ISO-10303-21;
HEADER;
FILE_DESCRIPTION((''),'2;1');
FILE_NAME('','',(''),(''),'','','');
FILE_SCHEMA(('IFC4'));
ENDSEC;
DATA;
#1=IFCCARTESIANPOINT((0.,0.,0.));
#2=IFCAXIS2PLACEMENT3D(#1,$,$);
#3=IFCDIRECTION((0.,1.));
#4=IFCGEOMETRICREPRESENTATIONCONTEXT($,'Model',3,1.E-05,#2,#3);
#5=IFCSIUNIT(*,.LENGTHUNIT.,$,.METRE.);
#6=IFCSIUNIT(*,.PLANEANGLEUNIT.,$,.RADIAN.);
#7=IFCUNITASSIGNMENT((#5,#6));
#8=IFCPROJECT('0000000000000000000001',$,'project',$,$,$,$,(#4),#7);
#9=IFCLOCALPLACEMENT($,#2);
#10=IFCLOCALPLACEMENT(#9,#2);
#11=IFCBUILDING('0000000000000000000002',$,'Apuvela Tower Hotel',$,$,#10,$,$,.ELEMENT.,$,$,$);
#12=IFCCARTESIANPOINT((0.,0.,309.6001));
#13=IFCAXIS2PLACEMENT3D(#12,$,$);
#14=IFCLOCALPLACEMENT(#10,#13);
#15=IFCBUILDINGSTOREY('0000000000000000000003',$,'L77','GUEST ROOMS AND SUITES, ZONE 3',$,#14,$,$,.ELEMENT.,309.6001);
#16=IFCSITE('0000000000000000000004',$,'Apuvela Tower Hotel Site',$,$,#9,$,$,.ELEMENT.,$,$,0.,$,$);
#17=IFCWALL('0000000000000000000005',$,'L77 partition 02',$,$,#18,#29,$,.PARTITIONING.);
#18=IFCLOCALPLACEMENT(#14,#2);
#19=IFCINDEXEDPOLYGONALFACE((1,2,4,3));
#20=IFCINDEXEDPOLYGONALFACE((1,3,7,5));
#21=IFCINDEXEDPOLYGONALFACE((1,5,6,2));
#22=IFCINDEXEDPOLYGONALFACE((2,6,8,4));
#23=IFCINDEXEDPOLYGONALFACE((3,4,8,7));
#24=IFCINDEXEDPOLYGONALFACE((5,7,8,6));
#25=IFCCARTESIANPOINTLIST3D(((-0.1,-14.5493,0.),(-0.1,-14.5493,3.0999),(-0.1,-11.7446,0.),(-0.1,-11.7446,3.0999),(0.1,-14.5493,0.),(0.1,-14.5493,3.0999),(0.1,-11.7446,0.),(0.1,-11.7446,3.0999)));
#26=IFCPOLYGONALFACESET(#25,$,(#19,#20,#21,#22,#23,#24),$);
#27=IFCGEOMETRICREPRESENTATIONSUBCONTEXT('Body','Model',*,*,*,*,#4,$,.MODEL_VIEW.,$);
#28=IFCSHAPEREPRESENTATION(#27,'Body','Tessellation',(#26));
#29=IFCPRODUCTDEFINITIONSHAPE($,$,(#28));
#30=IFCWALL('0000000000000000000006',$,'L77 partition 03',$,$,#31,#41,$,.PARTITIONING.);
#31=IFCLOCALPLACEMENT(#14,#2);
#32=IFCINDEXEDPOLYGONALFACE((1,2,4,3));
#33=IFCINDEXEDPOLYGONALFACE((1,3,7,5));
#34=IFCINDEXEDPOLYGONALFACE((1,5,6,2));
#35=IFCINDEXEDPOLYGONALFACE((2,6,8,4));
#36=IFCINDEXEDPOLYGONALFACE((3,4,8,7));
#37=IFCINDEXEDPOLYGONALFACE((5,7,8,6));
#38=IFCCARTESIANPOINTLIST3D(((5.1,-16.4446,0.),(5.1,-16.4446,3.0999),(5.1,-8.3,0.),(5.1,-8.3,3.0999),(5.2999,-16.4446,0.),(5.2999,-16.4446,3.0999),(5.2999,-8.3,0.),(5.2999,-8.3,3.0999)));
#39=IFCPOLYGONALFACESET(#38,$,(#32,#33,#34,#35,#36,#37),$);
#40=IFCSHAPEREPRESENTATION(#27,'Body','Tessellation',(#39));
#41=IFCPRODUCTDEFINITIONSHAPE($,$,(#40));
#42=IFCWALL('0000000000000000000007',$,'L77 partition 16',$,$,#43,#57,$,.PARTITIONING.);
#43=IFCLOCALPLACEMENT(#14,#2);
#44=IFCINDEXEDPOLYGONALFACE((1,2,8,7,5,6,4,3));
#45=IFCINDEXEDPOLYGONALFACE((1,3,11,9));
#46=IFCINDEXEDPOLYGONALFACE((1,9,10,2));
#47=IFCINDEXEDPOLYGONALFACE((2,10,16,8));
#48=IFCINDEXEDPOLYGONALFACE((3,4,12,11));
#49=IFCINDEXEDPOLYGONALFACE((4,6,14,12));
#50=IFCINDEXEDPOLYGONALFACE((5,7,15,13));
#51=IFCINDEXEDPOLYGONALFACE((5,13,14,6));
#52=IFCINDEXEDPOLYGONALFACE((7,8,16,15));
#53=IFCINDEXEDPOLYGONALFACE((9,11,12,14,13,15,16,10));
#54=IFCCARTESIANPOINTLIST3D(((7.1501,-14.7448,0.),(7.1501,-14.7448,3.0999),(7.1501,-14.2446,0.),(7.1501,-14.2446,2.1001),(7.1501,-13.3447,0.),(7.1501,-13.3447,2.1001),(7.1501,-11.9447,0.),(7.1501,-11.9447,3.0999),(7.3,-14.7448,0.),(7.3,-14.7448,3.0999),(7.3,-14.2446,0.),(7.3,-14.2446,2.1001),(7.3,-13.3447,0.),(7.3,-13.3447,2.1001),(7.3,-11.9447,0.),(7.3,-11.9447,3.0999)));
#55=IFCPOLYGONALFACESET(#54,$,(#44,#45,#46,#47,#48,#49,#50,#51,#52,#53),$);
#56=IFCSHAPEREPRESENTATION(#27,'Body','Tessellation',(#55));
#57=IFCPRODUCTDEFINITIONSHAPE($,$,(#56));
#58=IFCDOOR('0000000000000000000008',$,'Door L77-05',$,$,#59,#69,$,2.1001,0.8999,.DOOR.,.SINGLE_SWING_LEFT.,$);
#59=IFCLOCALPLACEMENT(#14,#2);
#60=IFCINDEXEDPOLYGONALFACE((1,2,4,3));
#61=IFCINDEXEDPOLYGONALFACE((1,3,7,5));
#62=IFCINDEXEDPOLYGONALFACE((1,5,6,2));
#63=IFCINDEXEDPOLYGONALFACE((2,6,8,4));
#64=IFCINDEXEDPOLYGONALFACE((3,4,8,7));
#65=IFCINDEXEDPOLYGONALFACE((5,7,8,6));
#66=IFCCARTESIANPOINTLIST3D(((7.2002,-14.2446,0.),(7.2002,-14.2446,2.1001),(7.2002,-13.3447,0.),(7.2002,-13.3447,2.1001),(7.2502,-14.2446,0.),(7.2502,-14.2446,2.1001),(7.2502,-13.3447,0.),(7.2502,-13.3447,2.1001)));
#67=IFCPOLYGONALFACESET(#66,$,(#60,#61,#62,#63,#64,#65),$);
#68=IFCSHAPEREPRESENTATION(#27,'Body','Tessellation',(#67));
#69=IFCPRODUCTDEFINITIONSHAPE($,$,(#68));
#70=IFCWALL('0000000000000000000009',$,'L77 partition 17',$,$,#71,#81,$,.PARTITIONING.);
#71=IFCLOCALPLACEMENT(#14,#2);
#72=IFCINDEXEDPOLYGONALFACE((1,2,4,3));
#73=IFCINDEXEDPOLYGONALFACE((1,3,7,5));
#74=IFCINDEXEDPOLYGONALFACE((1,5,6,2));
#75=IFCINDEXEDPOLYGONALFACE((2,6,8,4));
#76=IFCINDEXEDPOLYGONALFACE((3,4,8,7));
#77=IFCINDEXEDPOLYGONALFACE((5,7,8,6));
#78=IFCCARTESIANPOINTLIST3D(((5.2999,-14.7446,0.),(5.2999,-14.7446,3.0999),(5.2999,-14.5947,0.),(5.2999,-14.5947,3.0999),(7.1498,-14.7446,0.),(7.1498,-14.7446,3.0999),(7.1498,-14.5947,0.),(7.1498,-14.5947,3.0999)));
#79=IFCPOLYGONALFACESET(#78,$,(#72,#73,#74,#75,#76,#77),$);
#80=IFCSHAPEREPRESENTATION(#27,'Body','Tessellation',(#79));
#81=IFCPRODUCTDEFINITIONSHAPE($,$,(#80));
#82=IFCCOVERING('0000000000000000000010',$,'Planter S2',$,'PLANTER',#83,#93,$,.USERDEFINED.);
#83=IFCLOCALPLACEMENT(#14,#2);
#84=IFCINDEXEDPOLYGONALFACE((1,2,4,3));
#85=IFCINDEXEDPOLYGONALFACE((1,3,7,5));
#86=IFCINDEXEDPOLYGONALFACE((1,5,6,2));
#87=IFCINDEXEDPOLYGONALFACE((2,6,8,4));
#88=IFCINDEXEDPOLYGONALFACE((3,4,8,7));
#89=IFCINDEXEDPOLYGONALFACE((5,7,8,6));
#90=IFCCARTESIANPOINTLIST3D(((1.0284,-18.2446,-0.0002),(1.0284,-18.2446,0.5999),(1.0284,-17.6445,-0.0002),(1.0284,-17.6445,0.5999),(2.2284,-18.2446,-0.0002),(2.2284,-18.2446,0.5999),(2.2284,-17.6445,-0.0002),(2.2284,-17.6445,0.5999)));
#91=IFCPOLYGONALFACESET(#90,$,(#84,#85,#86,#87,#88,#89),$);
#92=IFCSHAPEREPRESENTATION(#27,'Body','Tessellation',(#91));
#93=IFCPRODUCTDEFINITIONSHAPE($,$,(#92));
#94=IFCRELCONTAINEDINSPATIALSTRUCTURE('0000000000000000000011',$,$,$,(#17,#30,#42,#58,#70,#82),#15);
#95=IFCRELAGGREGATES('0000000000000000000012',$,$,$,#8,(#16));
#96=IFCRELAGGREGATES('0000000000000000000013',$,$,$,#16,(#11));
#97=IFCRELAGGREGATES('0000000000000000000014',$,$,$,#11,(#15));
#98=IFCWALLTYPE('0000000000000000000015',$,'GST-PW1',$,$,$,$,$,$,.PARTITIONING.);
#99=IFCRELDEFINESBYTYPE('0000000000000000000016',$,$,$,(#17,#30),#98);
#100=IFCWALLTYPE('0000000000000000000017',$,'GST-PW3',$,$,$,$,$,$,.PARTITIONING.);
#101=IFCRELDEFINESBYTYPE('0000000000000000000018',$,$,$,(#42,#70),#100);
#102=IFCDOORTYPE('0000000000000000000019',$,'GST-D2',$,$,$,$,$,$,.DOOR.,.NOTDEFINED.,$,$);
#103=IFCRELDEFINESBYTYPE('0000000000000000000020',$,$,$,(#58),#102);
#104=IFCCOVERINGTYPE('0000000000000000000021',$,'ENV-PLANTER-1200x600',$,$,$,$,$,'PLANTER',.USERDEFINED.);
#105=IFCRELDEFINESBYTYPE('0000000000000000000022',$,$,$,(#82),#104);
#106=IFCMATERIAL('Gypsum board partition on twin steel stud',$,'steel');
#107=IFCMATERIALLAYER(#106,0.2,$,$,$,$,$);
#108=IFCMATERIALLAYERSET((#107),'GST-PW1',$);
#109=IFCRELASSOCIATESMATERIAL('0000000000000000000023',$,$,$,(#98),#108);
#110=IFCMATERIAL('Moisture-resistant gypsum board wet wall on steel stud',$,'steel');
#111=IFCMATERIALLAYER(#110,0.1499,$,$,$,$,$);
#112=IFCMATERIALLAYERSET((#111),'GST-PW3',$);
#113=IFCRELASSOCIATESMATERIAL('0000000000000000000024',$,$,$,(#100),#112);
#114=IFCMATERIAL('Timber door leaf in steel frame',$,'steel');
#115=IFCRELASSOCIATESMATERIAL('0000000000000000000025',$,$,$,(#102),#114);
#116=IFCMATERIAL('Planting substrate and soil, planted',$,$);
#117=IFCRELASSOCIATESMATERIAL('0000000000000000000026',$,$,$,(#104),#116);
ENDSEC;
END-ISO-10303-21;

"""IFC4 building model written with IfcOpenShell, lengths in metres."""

from ifc_helpers import new_model, si_unit, direction, frame, frame_2d, origin, origin_2d, place, context, subcontext, project, spatial, rectangle, extrude, material, layer, layer_set, type_object, element, fill, save


model = new_model("IFC4")

# Units and contexts
model_context = context("Model", 3, precision=1e-05, world=origin(), true_north=direction((0.0, 1.0)))
body_context = subcontext(model_context, "Body", "Model", "MODEL_VIEW")
ifc_project = project(units=[si_unit("LENGTHUNIT", "METRE"), si_unit("PLANEANGLEUNIT", "RADIAN")], contexts=[model_context])

# Site, building, storey
site_placement = place(None, origin())
site = spatial("IfcSite", under=ifc_project, at=site_placement, Name="Apuvela Tower Hotel Site", CompositionType="ELEMENT", RefElevation=0.0)
building_placement = place(site_placement, origin())
building = spatial("IfcBuilding", under=site, at=building_placement, Name="Apuvela Tower Hotel", CompositionType="ELEMENT")
storey_placement = place(building_placement, frame((0.0, 0.0, 309.6001)))
storey = spatial("IfcBuildingStorey", under=building, at=storey_placement, Name="L77", Description="GUEST ROOMS AND SUITES, ZONE 3", CompositionType="ELEMENT", Elevation=309.6001)

# Walls
ifc_material_1 = material(Name="Gypsum board partition on twin steel stud", Category="steel")
ifc_layer_1 = layer(ifc_material_1, 0.2)
ifc_layer_set_1 = layer_set([ifc_layer_1], Name="GST-PW1")
wall_type_1 = type_object("IfcWallType", Name="GST-PW1", PredefinedType="PARTITIONING", material=ifc_layer_set_1)
wall_1_placement = place(storey_placement, frame((0.0, -14.5493, 0.0), z_axis=(0.0, 0.0, 1.0), x_axis=(0.0, 1.0, 0.0)))
element("IfcWall", 1, at=wall_1_placement, inside=storey, type_object=wall_type_1, Name="L77 partition 02", PredefinedType="PARTITIONING", context=body_context, shape_type="SweptSolid", body=[
    extrude(rectangle(XDim=2.8047, YDim=0.2, at=frame_2d((1.4023, 0.0))), origin(), (0.0, 0.0, 1.0), 3.0999),
])
wall_2_placement = place(storey_placement, frame((5.2, -16.4446, 0.0), z_axis=(0.0, 0.0, 1.0), x_axis=(0.0, 1.0, 0.0)))
element("IfcWall", 2, at=wall_2_placement, inside=storey, type_object=wall_type_1, Name="L77 partition 03", PredefinedType="PARTITIONING", context=body_context, shape_type="SweptSolid", body=[
    extrude(rectangle(XDim=8.1445, YDim=0.2, at=frame_2d((4.0723, 0.0))), origin(), (0.0, 0.0, 1.0), 3.0999),
])

# Wall, opening, door
ifc_material_2 = material(Name="Moisture-resistant gypsum board wet wall on steel stud", Category="steel")
ifc_layer_2 = layer(ifc_material_2, 0.1499)
ifc_layer_set_2 = layer_set([ifc_layer_2], Name="GST-PW3")
wall_type_2 = type_object("IfcWallType", Name="GST-PW3", PredefinedType="PARTITIONING", material=ifc_layer_set_2)
wall_3_placement = place(storey_placement, frame((7.2251, -14.7446, 0.0), z_axis=(0.0, 0.0, 1.0), x_axis=(0.0, 1.0, 0.0)))
wall_3 = element("IfcWall", 3, at=wall_3_placement, inside=storey, type_object=wall_type_2, Name="L77 partition 16", PredefinedType="PARTITIONING", context=body_context, shape_type="SweptSolid", body=[
    extrude(rectangle(XDim=2.8, YDim=0.1499, at=frame_2d((1.3999, 0.0))), origin(), (0.0, 0.0, 1.0), 3.0999),
])
opening_1_placement = place(wall_3_placement, frame((0.5, 0.0, 0.0)))
opening_1 = element("IfcOpeningElement", 4, at=opening_1_placement, cuts=wall_3, PredefinedType="OPENING", context=body_context, shape_type="SweptSolid", body=[
    extrude(rectangle(XDim=0.8999, YDim=2.1001, at=frame_2d((0.45, 1.05))), frame((0.0, 0.085, 0.0), z_axis=(0.0, -1.0, 0.0), x_axis=(1.0, 0.0, 0.0)), (0.0, 0.0, 1.0), 0.1699),
])
ifc_material_3 = material(Name="Timber door leaf in steel frame", Category="steel")
door_type_1 = type_object("IfcDoorType", Name="GST-D2", OperationType="NOTDEFINED", PredefinedType="DOOR", material=ifc_material_3)
door_1_placement = place(opening_1_placement, origin())
door_1 = element("IfcDoor", 5, at=door_1_placement, inside=storey, type_object=door_type_1, Name="Door L77-05", OperationType="SINGLE_SWING_LEFT", OverallHeight=2.1001, OverallWidth=0.8999, PredefinedType="DOOR", context=body_context, shape_type="SweptSolid", body=[
    extrude(rectangle(XDim=0.8999, YDim=2.1001, at=frame_2d((0.45, 1.05))), frame((0.0, 0.0249, 0.0), z_axis=(0.0, -1.0, 0.0), x_axis=(1.0, 0.0, 0.0)), (0.0, 0.0, 1.0), 0.05),
])
fill(opening_1, door_1)

# Wall
wall_4_placement = place(storey_placement, frame((5.3, -14.6697, 0.0), z_axis=(0.0, 0.0, 1.0), x_axis=(1.0, 0.0, 0.0)))
element("IfcWall", 6, at=wall_4_placement, inside=storey, type_object=wall_type_2, Name="L77 partition 17", PredefinedType="PARTITIONING", context=body_context, shape_type="SweptSolid", body=[
    extrude(rectangle(XDim=1.8499, YDim=0.1499, at=frame_2d((0.9248, 0.0))), origin(), (0.0, 0.0, 1.0), 3.0999),
])

# Covering
ifc_material_4 = material(Name="Planting substrate and soil, planted")
covering_type = type_object("IfcCoveringType", Name="ENV-PLANTER-1200x600", ElementType="PLANTER", PredefinedType="USERDEFINED", material=ifc_material_4)
covering_placement = place(storey_placement, frame((1.6284, -17.9446, -0.0002), z_axis=(0.0, 0.0, 1.0), x_axis=(1.0, 0.0, 0.0)))
element("IfcCovering", 7, at=covering_placement, inside=storey, type_object=covering_type, Name="Planter S2", ObjectType="PLANTER", PredefinedType="USERDEFINED", context=body_context, shape_type="SweptSolid", body=[
    extrude(rectangle(XDim=1.2, YDim=0.6001, at=origin_2d()), origin(), (0.0, 0.0, 1.0), 0.6001),
])

save(model, "model.ifc")
